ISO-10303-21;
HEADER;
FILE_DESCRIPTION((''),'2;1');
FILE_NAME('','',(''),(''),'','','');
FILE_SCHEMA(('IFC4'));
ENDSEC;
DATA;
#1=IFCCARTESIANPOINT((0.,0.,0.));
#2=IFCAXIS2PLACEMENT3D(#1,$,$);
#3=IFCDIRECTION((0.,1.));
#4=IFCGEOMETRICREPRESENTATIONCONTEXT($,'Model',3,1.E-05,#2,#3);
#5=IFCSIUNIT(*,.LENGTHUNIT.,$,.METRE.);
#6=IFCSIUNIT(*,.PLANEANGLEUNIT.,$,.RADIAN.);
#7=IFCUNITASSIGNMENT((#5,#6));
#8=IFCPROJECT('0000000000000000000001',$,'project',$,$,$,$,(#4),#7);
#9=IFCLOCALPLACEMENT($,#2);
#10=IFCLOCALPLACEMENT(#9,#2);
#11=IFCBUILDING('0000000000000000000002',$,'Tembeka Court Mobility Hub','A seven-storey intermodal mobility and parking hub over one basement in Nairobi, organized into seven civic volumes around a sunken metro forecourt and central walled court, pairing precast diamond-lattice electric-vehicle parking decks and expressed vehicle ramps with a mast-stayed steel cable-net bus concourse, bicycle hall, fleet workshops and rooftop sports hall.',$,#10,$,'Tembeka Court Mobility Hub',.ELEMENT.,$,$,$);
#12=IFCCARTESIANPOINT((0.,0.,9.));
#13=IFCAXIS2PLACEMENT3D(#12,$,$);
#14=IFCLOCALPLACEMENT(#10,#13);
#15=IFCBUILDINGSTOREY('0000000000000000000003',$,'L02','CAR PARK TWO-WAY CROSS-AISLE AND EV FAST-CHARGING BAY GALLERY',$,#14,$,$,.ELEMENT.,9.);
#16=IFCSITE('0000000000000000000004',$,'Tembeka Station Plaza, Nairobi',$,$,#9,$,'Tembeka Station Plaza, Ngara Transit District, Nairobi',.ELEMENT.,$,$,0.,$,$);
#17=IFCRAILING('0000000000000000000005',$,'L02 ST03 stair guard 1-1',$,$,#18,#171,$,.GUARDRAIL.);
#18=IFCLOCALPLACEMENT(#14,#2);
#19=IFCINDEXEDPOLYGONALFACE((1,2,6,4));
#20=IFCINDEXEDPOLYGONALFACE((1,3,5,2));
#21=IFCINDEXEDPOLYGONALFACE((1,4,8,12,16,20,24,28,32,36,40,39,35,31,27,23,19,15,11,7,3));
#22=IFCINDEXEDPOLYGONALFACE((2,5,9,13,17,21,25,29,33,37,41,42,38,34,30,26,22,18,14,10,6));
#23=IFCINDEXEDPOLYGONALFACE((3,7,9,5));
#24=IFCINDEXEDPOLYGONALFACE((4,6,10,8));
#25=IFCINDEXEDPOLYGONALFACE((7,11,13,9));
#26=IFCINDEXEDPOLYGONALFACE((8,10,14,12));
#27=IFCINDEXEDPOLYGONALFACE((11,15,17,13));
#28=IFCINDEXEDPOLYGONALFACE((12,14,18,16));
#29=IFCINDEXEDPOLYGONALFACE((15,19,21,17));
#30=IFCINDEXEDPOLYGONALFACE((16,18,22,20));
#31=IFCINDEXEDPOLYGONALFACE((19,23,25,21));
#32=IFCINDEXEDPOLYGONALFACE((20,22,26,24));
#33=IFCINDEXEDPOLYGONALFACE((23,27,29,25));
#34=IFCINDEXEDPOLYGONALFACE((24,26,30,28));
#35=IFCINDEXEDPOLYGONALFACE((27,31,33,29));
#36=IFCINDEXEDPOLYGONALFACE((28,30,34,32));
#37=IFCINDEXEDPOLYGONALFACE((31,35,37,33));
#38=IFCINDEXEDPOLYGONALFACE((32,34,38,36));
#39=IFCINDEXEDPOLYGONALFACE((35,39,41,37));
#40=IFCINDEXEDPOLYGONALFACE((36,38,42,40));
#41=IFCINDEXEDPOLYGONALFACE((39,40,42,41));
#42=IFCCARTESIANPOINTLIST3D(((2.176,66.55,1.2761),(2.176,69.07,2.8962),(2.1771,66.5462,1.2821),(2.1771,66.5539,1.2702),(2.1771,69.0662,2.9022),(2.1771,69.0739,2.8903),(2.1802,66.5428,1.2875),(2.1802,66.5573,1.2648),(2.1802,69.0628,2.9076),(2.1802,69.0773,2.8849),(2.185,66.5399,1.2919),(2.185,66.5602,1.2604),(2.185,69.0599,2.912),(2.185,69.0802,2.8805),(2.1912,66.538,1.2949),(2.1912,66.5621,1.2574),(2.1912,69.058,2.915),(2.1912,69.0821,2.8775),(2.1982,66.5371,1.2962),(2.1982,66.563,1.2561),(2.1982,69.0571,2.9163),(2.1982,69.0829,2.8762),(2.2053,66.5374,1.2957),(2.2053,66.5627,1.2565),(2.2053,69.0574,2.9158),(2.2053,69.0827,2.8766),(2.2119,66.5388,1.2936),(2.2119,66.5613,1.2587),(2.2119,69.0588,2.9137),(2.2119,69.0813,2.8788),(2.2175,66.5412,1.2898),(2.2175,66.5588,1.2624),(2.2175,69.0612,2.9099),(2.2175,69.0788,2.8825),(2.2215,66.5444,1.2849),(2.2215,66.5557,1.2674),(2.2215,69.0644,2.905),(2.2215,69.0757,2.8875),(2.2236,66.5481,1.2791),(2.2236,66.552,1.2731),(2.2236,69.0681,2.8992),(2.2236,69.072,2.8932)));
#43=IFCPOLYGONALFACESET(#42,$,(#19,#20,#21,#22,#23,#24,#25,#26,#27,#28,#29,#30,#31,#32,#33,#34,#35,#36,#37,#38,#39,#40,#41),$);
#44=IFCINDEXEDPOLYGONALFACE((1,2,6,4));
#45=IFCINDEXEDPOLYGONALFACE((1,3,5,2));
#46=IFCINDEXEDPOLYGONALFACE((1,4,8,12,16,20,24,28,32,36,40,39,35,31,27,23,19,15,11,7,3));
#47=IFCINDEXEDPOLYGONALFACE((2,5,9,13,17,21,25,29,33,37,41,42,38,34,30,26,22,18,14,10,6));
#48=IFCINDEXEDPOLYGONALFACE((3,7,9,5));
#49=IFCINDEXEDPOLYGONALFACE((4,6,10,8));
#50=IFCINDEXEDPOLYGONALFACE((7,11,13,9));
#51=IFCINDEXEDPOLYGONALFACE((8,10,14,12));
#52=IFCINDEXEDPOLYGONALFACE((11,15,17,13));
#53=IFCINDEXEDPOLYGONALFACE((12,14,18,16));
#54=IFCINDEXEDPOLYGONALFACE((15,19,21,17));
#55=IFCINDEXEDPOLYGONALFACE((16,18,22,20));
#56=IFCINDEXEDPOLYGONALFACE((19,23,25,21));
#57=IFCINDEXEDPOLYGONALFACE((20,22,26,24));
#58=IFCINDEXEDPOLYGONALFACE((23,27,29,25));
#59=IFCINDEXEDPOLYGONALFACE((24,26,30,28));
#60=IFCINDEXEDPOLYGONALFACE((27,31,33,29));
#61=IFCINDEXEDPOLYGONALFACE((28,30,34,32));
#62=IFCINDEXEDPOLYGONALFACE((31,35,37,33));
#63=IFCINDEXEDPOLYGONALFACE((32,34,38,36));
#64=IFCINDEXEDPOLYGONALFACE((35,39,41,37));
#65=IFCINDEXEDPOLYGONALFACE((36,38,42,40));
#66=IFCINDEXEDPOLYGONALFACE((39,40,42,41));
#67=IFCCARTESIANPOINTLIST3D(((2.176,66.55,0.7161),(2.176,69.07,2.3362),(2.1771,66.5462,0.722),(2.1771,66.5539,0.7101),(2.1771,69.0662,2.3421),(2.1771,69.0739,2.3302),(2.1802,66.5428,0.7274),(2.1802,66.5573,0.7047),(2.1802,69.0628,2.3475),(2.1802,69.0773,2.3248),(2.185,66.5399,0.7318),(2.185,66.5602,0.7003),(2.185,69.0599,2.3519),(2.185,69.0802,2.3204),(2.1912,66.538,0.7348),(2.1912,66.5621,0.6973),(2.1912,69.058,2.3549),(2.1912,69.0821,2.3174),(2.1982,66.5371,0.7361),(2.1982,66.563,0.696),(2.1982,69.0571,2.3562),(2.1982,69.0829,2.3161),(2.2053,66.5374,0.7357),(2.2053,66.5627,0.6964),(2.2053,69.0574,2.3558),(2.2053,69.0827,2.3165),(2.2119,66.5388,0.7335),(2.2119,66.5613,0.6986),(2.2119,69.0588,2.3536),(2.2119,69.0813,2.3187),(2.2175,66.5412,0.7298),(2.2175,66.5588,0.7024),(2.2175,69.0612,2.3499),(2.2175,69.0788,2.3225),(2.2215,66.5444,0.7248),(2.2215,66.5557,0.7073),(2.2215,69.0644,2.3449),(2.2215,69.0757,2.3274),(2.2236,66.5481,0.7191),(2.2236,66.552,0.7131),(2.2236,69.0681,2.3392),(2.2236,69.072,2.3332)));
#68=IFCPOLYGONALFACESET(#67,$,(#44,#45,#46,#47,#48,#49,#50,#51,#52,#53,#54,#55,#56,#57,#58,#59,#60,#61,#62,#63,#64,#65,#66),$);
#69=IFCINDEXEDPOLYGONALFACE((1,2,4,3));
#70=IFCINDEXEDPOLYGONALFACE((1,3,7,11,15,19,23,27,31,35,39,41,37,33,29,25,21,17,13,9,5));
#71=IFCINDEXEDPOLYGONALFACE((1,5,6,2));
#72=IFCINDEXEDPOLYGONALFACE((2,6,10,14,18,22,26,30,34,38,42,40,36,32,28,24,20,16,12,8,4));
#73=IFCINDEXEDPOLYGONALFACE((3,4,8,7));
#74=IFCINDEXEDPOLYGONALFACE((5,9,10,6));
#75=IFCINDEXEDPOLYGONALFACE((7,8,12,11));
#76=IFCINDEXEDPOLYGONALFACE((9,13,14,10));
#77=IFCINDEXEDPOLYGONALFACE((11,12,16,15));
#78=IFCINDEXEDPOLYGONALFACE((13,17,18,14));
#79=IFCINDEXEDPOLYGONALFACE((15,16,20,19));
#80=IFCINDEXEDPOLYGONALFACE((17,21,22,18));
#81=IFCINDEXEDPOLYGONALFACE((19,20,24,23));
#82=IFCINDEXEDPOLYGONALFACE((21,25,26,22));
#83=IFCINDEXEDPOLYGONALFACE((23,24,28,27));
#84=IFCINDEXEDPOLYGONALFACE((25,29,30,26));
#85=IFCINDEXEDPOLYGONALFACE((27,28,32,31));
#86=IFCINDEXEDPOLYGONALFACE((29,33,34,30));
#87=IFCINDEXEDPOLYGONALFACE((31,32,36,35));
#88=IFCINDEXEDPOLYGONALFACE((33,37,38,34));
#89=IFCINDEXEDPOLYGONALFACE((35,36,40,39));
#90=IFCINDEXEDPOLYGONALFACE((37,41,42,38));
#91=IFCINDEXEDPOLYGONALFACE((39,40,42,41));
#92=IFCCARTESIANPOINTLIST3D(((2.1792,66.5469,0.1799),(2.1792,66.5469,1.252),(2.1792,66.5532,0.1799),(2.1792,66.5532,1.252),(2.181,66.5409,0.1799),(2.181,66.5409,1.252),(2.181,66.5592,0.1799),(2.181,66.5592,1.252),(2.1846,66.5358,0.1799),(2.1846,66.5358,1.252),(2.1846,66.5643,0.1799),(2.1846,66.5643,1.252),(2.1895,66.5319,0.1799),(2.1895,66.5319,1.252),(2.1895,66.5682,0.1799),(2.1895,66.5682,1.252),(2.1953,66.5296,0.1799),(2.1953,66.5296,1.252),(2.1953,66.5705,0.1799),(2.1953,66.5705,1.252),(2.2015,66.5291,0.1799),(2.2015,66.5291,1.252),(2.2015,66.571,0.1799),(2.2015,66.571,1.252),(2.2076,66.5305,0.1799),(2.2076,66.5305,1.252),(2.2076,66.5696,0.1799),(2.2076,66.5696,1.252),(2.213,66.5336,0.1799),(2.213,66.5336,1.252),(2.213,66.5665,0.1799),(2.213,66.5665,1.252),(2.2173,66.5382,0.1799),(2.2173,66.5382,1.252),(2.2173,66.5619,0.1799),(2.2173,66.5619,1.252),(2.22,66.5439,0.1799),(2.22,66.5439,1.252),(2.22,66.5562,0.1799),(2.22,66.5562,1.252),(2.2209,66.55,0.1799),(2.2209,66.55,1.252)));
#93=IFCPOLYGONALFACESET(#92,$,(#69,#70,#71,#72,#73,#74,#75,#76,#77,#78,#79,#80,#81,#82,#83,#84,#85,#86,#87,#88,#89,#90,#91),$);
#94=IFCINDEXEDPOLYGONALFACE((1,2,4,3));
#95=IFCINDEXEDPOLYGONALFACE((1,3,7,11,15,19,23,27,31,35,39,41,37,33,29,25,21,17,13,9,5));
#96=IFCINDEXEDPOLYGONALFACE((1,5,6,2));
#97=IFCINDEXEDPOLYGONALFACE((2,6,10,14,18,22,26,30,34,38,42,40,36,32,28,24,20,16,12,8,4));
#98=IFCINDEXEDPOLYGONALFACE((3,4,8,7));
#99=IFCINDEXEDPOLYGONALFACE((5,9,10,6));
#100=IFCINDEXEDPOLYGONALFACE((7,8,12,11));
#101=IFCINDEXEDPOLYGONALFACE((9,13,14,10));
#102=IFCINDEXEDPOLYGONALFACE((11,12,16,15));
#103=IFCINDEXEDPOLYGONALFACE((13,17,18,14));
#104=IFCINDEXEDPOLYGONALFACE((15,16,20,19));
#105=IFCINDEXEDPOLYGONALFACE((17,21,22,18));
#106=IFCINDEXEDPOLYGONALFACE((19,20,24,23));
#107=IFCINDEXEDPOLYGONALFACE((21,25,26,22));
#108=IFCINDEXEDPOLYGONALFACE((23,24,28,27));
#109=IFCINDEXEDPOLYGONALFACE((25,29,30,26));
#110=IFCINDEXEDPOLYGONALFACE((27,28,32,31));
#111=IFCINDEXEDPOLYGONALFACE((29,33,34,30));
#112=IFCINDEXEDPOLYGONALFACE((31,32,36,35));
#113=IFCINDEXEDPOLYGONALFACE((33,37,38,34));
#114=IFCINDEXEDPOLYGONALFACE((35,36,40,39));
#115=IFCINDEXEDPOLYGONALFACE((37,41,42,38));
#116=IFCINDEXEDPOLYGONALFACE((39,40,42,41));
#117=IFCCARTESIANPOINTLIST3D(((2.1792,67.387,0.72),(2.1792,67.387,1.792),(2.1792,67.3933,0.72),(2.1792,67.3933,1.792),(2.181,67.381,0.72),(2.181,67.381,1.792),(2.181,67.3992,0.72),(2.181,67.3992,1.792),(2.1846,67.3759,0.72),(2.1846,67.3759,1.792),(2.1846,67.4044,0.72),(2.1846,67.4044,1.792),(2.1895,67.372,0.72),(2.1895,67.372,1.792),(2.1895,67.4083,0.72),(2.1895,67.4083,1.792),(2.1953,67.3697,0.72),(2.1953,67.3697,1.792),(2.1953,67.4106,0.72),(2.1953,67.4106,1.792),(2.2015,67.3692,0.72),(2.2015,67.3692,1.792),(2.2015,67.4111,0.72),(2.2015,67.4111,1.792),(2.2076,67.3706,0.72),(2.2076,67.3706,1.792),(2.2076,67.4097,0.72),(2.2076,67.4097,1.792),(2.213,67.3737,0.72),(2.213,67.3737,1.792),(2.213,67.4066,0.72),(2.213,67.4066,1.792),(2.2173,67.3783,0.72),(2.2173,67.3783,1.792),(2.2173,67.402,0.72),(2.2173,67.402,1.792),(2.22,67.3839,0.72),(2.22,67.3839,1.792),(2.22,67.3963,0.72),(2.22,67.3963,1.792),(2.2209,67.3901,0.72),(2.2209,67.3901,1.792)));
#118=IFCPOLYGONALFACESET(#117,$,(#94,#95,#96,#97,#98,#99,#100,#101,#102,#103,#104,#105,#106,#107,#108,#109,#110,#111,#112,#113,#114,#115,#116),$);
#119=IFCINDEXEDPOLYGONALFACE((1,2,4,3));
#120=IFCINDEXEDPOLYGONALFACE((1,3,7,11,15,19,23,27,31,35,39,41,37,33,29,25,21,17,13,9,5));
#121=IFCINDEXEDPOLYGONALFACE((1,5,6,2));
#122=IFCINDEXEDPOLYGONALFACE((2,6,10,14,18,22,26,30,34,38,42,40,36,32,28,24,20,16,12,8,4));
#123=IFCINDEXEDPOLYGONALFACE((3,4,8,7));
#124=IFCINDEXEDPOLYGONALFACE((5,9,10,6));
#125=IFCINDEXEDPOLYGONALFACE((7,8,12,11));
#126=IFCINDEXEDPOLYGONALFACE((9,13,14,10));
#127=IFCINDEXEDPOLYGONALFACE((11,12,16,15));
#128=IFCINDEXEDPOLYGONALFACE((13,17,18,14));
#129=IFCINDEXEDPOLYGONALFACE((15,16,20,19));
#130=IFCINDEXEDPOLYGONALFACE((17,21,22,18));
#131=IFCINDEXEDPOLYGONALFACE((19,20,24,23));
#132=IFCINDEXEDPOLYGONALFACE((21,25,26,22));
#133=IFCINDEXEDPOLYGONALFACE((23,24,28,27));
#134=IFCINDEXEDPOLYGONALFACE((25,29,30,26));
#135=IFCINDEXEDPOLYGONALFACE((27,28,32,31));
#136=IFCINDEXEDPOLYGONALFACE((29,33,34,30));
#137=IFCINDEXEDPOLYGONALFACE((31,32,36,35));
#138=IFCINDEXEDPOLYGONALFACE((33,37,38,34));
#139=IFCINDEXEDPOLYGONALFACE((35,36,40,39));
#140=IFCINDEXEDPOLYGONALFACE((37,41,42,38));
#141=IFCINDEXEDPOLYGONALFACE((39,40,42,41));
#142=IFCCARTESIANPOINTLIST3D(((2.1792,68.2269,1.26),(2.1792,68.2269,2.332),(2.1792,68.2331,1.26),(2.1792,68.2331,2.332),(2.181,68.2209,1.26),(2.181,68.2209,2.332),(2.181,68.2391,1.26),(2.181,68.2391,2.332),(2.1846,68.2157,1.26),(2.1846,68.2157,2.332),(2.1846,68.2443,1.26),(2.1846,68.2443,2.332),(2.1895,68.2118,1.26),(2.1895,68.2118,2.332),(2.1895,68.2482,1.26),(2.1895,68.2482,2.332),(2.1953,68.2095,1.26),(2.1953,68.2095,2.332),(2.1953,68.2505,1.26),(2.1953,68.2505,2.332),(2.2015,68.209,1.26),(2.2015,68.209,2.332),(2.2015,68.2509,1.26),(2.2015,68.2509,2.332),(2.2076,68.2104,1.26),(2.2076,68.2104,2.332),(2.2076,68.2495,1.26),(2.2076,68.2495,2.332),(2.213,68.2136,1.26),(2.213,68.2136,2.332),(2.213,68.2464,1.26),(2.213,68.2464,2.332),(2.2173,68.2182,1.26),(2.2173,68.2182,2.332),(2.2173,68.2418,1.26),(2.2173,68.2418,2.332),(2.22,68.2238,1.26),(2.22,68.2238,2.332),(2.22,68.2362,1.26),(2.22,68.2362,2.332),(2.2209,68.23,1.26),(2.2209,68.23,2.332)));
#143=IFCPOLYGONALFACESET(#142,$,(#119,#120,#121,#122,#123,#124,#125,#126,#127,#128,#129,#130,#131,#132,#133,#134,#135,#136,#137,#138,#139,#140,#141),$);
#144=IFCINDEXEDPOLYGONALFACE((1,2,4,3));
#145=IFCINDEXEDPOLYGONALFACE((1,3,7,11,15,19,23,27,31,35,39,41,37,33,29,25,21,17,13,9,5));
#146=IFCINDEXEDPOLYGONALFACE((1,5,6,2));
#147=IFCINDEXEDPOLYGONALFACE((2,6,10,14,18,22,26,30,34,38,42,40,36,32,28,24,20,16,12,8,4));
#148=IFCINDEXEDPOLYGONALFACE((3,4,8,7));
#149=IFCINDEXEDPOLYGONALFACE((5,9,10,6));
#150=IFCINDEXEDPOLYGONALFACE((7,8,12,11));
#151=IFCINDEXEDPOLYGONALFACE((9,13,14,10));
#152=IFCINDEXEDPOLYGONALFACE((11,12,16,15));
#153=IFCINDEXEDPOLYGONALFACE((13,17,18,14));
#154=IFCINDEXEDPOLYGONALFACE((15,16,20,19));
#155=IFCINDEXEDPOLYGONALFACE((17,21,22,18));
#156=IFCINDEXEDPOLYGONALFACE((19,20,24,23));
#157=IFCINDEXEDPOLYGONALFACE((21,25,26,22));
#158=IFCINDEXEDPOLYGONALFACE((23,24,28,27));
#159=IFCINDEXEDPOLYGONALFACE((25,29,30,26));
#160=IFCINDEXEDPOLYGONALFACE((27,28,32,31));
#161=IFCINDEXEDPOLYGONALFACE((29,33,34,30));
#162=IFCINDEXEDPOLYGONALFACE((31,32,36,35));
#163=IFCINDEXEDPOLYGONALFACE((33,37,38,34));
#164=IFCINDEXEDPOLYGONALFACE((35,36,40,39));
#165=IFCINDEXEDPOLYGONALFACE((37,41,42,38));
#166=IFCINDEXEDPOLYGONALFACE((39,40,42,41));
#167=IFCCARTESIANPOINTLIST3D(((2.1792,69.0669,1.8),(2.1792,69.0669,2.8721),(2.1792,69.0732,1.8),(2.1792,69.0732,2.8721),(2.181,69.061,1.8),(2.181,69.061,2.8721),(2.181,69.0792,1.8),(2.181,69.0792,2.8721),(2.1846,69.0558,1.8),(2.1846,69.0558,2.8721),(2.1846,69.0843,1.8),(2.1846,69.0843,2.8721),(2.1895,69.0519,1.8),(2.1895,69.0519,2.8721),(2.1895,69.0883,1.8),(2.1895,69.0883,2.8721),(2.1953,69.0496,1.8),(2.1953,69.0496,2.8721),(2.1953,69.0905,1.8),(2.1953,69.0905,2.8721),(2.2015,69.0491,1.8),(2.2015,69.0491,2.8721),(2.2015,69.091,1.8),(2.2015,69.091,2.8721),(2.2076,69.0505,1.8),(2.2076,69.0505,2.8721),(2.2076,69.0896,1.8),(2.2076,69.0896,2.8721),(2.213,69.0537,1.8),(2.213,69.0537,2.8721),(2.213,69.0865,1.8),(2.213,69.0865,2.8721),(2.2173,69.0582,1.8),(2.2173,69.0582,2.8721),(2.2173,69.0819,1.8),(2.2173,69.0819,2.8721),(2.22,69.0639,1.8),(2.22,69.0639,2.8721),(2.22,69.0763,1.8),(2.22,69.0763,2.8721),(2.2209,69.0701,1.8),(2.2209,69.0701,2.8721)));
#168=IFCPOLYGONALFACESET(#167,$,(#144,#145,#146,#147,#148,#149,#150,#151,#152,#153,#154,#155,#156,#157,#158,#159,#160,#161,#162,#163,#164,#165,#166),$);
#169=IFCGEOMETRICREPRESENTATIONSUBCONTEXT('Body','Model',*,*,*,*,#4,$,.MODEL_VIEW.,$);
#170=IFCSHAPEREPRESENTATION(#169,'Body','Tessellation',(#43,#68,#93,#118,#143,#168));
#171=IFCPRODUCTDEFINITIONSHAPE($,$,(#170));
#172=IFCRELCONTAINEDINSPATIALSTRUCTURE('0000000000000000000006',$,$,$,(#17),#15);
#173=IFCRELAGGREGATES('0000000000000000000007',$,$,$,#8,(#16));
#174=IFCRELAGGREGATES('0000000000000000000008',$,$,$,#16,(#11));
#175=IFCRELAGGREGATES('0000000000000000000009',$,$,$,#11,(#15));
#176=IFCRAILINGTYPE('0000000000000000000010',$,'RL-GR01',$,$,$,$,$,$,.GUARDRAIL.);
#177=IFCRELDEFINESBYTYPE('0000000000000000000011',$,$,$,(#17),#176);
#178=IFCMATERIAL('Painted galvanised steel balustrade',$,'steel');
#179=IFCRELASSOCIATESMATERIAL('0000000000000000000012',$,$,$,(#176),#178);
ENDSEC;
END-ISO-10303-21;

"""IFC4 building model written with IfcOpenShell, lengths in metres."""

from ifc_helpers import new_model, si_unit, direction, frame, origin, origin_2d, place, context, subcontext, project, spatial, circle, extrude, material, type_object, element, save


model = new_model("IFC4")

# Units and contexts
model_context = context("Model", 3, precision=1e-05, world=origin(), true_north=direction((0.0, 1.0)))
body_context = subcontext(model_context, "Body", "Model", "MODEL_VIEW")
ifc_project = project(units=[si_unit("LENGTHUNIT", "METRE"), si_unit("PLANEANGLEUNIT", "RADIAN")], contexts=[model_context])

# Site, building, storey
site_placement = place(None, origin())
site = spatial("IfcSite", under=ifc_project, at=site_placement, Name="Tembeka Station Plaza, Nairobi", LongName="Tembeka Station Plaza, Ngara Transit District, Nairobi", CompositionType="ELEMENT", RefElevation=0.0)
building_placement = place(site_placement, origin())
building = spatial("IfcBuilding", under=site, at=building_placement, Name="Tembeka Court Mobility Hub", Description="A seven-storey intermodal mobility and parking hub over one basement in Nairobi, organized into seven civic volumes around a sunken metro forecourt and central walled court, pairing precast diamond-lattice electric-vehicle parking decks and expressed vehicle ramps with a mast-stayed steel cable-net bus concourse, bicycle hall, fleet workshops and rooftop sports hall.", LongName="Tembeka Court Mobility Hub", CompositionType="ELEMENT")
storey_placement = place(building_placement, frame((0.0, 0.0, 9.0)))
storey = spatial("IfcBuildingStorey", under=building, at=storey_placement, Name="L02", Description="CAR PARK TWO-WAY CROSS-AISLE AND EV FAST-CHARGING BAY GALLERY", CompositionType="ELEMENT", Elevation=9.0)

# Railing
ifc_material_1 = material(Name="Painted galvanised steel balustrade", Category="steel")
railing_type_1 = type_object("IfcRailingType", Name="RL-GR01", PredefinedType="GUARDRAIL", material=ifc_material_1)
railing_1_placement = place(storey_placement, frame((2.2, 66.55, 0.1799)))
element("IfcRailing", 1, at=railing_1_placement, inside=storey, type_object=railing_type_1, Name="L02 ST03 stair guard 1-1", PredefinedType="GUARDRAIL", context=body_context, shape_type="SweptSolid", body=[
    extrude(circle(Radius=0.0239, at=origin_2d()), frame((0.0, 0.0, 1.0962), z_axis=(0.0, 0.841163, 0.540782), x_axis=(-1.0, 0.0, 0.0)), (0.0, 0.0, 1.0), 2.9958),
    extrude(circle(Radius=0.0239, at=origin_2d()), frame((0.0, 0.0, 0.5361), z_axis=(0.0, 0.841163, 0.540782), x_axis=(-1.0, 0.0, 0.0)), (0.0, 0.0, 1.0), 2.9958),
    extrude(circle(Radius=0.021, at=origin_2d()), origin(), (0.0, 0.0, 1.0), 1.072),
    extrude(circle(Radius=0.021, at=origin_2d()), frame((0.0, 0.8401, 0.54)), (0.0, 0.0, 1.0), 1.072),
    extrude(circle(Radius=0.021, at=origin_2d()), frame((0.0, 1.6799, 1.0801)), (0.0, 0.0, 1.0), 1.072),
    extrude(circle(Radius=0.021, at=origin_2d()), frame((0.0, 2.52, 1.6201)), (0.0, 0.0, 1.0), 1.072),
])

save(model, "model.ifc")
